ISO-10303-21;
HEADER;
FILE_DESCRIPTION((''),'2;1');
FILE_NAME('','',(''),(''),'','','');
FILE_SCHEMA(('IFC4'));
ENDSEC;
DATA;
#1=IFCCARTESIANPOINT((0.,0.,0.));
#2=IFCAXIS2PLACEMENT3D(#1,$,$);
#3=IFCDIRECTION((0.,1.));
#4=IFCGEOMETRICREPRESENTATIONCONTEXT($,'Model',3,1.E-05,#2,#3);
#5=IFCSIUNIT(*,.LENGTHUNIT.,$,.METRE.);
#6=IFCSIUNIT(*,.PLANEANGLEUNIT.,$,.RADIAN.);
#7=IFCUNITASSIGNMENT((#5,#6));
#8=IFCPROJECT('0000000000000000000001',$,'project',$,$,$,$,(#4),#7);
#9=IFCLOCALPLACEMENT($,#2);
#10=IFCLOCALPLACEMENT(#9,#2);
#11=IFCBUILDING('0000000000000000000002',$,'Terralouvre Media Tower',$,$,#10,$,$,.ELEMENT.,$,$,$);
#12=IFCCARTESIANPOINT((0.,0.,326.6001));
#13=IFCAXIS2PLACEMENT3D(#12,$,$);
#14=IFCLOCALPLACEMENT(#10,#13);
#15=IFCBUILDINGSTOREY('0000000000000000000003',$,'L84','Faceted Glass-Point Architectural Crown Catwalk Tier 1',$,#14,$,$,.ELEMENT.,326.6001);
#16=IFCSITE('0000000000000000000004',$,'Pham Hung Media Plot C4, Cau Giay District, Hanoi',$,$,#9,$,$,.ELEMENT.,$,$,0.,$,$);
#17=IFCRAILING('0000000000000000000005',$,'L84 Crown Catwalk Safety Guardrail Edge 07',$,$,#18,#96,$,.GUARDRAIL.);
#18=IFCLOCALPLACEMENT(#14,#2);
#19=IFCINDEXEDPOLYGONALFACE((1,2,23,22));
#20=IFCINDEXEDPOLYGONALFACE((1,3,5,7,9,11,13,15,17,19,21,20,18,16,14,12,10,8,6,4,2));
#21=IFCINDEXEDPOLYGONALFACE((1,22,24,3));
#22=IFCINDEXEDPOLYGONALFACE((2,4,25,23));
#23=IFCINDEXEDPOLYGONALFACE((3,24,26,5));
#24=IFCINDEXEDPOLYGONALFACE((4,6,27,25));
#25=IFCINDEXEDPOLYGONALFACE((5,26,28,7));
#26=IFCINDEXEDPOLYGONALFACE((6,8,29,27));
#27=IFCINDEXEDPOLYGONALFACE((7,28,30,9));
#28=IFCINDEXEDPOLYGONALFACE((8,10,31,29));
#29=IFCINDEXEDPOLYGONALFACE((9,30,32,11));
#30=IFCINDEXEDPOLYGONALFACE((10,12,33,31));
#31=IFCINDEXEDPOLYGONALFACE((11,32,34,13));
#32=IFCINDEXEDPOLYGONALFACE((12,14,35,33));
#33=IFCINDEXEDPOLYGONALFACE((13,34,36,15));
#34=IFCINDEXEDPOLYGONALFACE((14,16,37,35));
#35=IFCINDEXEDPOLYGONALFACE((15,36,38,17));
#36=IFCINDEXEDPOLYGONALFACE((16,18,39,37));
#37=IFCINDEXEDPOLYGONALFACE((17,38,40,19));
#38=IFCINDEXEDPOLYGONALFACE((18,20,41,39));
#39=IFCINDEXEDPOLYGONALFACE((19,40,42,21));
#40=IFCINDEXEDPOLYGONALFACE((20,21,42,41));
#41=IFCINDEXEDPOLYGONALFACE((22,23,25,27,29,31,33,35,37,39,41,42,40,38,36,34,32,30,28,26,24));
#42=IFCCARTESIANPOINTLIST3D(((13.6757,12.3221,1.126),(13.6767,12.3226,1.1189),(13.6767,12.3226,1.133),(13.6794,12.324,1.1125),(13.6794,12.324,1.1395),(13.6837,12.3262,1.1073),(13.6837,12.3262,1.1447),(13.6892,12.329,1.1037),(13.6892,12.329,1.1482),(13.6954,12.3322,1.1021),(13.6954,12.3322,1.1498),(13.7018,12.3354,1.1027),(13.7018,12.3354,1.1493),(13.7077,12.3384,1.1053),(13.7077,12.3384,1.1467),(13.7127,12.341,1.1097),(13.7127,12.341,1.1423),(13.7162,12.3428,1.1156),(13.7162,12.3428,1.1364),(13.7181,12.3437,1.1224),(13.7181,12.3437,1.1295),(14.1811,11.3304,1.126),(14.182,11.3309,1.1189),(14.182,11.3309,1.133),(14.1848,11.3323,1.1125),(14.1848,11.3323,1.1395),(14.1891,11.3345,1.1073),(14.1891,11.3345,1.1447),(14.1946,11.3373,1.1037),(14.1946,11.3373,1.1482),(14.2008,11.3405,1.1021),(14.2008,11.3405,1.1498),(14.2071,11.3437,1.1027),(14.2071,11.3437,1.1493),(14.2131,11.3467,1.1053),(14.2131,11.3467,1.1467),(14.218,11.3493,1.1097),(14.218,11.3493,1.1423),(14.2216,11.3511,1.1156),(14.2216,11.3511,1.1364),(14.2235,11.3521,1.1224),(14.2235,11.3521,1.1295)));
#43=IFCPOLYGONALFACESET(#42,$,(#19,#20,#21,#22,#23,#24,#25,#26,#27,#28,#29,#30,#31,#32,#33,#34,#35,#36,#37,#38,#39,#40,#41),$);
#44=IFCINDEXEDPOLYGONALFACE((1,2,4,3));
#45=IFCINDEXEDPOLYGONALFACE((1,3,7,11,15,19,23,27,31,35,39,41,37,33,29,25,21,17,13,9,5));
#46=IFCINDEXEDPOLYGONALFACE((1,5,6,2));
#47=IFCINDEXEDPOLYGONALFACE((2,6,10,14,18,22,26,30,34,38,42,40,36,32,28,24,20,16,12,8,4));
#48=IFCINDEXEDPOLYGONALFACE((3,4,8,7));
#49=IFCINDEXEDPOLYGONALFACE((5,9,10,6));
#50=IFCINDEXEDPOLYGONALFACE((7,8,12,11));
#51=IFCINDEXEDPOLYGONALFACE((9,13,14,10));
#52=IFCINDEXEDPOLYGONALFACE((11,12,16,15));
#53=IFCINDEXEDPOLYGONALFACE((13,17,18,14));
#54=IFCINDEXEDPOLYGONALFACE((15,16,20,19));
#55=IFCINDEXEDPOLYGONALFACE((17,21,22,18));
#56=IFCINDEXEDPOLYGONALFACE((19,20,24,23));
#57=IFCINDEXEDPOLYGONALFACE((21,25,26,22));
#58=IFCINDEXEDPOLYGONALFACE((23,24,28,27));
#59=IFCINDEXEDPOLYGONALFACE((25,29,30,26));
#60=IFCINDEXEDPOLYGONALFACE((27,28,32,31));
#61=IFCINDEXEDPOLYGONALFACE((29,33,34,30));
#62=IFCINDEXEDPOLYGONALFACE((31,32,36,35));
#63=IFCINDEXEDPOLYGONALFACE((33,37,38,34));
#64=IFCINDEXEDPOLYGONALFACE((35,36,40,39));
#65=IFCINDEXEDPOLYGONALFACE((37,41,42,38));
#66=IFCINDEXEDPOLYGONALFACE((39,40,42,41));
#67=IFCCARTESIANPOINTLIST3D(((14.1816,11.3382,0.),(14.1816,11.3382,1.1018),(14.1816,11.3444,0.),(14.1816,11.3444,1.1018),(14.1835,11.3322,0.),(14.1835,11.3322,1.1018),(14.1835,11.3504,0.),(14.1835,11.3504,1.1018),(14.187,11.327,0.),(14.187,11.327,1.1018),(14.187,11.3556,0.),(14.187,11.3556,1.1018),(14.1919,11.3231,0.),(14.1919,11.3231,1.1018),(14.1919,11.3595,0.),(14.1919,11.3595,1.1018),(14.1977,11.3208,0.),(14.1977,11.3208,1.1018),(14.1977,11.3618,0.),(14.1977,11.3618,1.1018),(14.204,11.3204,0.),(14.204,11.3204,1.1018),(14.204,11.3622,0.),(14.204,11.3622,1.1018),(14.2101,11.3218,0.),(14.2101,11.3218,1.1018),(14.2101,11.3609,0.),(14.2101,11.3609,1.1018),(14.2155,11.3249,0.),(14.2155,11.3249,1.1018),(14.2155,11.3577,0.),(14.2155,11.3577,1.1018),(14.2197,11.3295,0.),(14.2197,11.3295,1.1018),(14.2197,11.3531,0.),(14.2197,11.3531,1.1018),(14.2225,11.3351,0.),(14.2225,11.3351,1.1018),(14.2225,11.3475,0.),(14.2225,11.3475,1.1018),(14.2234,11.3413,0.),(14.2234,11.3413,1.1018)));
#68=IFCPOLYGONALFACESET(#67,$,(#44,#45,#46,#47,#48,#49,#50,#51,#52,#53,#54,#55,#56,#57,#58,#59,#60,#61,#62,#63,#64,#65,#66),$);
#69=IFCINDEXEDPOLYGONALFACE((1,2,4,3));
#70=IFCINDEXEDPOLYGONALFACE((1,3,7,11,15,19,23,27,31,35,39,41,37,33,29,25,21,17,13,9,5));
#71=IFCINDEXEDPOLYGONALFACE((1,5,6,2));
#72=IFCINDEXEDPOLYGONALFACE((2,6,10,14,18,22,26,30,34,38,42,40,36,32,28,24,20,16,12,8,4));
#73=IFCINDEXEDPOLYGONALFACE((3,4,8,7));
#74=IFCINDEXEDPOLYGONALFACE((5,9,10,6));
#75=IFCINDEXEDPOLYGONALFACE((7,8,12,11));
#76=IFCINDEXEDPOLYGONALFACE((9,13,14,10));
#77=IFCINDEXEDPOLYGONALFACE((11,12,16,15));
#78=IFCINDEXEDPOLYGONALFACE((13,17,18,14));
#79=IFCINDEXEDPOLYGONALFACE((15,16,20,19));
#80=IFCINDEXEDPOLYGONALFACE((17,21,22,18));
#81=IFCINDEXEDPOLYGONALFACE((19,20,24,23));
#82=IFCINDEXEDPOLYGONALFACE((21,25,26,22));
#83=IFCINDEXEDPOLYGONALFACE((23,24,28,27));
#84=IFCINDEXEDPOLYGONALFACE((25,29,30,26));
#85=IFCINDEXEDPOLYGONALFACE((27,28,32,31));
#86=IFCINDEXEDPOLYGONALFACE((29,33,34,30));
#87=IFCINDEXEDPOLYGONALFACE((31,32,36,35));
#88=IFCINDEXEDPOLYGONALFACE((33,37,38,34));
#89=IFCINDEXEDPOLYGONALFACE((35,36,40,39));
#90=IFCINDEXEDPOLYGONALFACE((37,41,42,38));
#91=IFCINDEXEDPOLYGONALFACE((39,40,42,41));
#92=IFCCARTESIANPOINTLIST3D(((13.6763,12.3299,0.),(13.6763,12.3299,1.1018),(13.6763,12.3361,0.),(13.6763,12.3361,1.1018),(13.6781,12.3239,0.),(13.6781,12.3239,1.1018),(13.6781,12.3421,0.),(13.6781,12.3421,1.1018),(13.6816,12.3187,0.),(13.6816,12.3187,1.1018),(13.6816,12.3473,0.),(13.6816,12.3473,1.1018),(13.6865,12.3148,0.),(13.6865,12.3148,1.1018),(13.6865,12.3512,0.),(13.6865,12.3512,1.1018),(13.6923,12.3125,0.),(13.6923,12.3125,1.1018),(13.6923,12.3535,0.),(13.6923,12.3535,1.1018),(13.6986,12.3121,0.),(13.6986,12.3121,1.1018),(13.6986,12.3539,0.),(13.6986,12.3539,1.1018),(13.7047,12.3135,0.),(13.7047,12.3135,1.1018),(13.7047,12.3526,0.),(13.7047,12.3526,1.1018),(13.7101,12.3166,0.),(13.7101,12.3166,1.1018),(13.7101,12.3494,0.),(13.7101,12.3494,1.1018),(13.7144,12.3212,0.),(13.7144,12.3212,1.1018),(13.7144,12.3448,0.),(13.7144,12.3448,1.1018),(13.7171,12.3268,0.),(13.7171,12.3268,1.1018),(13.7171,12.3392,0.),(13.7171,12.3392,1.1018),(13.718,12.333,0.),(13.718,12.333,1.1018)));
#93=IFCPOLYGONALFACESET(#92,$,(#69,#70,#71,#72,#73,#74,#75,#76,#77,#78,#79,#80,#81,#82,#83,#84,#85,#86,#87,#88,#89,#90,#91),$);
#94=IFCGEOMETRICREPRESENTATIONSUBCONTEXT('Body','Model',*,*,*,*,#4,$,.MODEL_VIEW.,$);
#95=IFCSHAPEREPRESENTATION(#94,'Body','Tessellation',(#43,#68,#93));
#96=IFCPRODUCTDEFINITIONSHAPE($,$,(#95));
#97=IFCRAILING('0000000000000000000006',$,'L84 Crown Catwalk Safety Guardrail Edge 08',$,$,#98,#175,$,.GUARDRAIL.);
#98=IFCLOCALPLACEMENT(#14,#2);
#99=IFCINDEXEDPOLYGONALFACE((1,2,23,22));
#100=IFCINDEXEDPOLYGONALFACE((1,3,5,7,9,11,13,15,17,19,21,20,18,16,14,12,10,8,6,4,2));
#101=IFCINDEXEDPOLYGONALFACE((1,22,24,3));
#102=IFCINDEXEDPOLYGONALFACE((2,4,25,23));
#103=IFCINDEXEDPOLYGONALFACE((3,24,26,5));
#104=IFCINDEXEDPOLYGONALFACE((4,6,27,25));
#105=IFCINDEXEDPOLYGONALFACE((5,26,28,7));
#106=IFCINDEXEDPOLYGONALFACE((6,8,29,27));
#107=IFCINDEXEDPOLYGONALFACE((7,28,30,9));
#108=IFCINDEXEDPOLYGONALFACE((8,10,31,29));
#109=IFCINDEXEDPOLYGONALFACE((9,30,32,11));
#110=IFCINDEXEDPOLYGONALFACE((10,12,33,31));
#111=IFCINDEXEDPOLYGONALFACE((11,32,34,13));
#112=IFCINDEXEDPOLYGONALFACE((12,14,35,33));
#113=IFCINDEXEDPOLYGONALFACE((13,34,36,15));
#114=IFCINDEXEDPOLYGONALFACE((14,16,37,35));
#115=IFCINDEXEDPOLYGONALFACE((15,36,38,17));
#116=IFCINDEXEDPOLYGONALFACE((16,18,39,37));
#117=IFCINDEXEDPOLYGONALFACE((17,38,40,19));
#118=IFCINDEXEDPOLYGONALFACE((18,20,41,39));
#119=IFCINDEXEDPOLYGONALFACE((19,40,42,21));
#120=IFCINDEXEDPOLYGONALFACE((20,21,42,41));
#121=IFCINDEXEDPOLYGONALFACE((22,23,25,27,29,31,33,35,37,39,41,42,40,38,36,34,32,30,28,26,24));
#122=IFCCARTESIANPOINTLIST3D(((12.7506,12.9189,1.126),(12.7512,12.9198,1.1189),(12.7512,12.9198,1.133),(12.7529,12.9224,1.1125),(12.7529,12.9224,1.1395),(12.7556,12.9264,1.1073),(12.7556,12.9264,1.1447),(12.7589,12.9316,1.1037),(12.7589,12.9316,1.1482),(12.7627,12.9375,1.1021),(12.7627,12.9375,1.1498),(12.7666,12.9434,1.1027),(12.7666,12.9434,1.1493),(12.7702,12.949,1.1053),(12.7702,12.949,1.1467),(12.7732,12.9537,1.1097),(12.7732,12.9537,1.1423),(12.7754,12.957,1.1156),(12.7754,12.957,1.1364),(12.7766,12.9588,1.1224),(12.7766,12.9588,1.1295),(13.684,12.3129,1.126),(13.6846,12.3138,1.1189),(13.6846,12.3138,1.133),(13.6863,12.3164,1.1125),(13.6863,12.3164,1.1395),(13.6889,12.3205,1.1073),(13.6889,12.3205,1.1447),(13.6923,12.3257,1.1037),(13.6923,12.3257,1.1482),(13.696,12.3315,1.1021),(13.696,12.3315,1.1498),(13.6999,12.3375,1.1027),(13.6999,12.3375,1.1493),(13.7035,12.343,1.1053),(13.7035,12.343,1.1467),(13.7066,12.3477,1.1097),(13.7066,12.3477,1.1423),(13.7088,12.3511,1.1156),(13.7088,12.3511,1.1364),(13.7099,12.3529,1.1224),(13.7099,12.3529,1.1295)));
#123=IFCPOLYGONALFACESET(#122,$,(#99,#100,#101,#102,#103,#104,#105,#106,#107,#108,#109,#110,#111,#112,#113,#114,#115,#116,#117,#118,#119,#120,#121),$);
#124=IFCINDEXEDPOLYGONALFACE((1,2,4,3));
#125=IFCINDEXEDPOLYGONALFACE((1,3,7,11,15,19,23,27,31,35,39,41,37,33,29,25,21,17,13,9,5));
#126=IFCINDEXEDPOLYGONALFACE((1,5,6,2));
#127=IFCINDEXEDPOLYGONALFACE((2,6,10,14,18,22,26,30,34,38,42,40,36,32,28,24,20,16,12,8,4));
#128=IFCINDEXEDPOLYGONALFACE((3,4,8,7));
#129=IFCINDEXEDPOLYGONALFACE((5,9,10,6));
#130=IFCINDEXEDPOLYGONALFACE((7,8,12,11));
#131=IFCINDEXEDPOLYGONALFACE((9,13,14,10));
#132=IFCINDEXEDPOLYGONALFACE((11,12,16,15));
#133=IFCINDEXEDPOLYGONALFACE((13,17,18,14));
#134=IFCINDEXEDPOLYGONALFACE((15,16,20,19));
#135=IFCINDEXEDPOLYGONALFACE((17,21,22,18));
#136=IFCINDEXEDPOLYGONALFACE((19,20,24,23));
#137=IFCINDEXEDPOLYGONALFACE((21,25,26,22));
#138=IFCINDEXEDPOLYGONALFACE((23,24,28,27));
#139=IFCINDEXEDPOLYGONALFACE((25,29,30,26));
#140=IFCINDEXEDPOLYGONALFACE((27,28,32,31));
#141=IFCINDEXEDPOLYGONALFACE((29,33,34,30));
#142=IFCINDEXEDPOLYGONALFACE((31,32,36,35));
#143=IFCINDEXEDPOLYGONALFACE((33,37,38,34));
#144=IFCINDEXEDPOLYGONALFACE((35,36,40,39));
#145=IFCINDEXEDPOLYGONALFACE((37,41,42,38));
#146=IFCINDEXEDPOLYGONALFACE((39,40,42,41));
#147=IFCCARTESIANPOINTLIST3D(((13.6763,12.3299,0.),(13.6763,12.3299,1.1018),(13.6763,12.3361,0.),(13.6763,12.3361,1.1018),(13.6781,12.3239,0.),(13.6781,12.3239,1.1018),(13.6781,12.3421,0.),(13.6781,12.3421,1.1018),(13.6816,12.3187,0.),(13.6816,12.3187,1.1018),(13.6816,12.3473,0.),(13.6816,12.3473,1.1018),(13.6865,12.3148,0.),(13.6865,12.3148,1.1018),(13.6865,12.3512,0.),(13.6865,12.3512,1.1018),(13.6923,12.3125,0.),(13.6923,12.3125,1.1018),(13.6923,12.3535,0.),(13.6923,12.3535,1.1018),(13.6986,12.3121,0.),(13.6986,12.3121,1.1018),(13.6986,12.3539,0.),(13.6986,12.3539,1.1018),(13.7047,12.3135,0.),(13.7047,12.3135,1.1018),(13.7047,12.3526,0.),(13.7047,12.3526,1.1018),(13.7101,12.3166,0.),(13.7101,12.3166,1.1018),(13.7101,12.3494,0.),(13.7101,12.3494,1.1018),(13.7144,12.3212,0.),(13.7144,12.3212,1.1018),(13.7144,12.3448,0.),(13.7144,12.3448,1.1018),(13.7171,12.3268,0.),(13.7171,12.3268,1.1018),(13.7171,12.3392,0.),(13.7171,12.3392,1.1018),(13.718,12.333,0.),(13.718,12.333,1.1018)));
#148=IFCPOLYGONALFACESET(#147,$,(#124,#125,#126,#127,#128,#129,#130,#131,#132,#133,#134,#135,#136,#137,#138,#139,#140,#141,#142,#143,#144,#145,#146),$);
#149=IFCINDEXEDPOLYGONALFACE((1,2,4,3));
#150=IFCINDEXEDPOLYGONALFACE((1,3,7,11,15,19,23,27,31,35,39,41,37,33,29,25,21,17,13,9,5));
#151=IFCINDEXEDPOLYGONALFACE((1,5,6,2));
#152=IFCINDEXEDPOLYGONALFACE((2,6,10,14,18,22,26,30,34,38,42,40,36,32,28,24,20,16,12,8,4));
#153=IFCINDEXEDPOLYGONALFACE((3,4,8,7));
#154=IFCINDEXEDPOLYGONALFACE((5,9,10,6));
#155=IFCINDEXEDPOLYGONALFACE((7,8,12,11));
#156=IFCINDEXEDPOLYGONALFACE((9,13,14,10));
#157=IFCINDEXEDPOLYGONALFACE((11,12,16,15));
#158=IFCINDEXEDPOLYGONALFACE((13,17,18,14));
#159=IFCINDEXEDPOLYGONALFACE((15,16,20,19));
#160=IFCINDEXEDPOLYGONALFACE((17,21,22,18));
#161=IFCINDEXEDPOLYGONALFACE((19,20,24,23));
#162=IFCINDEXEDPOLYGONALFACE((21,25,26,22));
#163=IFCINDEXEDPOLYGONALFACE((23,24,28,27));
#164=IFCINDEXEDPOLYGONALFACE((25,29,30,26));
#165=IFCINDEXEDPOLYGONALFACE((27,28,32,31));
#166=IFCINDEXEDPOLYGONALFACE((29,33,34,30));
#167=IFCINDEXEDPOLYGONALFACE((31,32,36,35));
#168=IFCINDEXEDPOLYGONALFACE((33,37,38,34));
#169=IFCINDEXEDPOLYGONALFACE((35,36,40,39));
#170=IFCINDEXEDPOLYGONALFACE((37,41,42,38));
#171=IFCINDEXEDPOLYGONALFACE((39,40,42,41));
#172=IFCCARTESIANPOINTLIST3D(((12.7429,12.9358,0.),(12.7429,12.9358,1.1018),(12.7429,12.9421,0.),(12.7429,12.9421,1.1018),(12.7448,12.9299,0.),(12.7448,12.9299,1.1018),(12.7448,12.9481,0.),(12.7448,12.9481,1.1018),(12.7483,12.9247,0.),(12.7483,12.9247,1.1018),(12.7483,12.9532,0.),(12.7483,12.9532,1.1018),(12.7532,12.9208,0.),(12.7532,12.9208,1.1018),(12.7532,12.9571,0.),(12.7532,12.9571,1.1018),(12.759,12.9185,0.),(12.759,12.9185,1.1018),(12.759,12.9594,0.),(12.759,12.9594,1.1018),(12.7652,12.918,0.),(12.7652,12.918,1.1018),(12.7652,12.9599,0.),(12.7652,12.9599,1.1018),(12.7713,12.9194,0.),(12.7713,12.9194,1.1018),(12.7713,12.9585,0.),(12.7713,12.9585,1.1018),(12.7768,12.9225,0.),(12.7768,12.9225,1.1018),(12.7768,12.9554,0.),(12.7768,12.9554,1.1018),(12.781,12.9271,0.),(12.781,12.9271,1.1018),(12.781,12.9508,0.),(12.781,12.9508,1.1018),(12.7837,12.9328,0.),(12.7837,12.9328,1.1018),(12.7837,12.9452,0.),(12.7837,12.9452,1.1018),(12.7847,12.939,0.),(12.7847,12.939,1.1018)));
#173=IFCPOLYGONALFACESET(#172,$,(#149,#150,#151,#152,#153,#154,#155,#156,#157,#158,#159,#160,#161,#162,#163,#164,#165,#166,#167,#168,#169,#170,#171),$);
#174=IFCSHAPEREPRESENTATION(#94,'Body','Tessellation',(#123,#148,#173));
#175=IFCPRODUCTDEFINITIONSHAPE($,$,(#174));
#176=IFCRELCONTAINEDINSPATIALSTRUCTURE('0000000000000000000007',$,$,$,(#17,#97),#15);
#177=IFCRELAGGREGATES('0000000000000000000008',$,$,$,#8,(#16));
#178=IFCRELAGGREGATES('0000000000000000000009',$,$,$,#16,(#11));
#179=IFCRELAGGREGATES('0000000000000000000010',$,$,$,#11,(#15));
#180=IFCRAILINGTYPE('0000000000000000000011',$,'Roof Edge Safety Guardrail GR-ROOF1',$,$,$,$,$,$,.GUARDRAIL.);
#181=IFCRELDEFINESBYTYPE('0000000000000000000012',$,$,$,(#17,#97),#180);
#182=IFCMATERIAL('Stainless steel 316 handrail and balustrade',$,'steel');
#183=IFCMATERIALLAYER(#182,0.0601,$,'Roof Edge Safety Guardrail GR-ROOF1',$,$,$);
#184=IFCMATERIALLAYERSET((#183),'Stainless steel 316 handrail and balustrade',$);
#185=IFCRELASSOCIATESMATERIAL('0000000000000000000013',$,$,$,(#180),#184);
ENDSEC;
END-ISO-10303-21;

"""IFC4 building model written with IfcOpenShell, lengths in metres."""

from ifc_helpers import new_model, si_unit, direction, frame, origin, origin_2d, place, context, subcontext, project, spatial, circle, extrude, material, layer, layer_set, type_object, element, save


model = new_model("IFC4")

# Units and contexts
model_context = context("Model", 3, precision=1e-05, world=origin(), true_north=direction((0.0, 1.0)))
body_context = subcontext(model_context, "Body", "Model", "MODEL_VIEW")
ifc_project = project(units=[si_unit("LENGTHUNIT", "METRE"), si_unit("PLANEANGLEUNIT", "RADIAN")], contexts=[model_context])

# Site, building, storey
site_placement = place(None, origin())
site = spatial("IfcSite", under=ifc_project, at=site_placement, Name="Pham Hung Media Plot C4, Cau Giay District, Hanoi", CompositionType="ELEMENT", RefElevation=0.0)
building_placement = place(site_placement, origin())
building = spatial("IfcBuilding", under=site, at=building_placement, Name="Terralouvre Media Tower", CompositionType="ELEMENT")
storey_placement = place(building_placement, frame((0.0, 0.0, 326.6001)))
storey = spatial("IfcBuildingStorey", under=building, at=storey_placement, Name="L84", Description="Faceted Glass-Point Architectural Crown Catwalk Tier 1", CompositionType="ELEMENT", Elevation=326.6001)

# Railings
ifc_material_1 = material(Name="Stainless steel 316 handrail and balustrade", Category="steel")
ifc_layer_1 = layer(ifc_material_1, 0.0601, Name="Roof Edge Safety Guardrail GR-ROOF1")
ifc_layer_set_1 = layer_set([ifc_layer_1], Name="Stainless steel 316 handrail and balustrade")
railing_type = type_object("IfcRailingType", Name="Roof Edge Safety Guardrail GR-ROOF1", PredefinedType="GUARDRAIL", material=ifc_layer_set_1)
railing_1_placement = place(storey_placement, frame((14.2024, 11.3413, 0.0)))
element("IfcRailing", 1, at=railing_1_placement, inside=storey, type_object=railing_type, Name="L84 Crown Catwalk Safety Guardrail Edge 07", PredefinedType="GUARDRAIL", context=body_context, shape_type="SweptSolid", body=[
    extrude(circle(Radius=0.0239, at=origin_2d()), frame((0.0, 0.0, 1.126), z_axis=(-0.454044, 0.890979, 0.0), x_axis=(-0.890979, -0.454044, 0.0)), (0.0, 0.0, 1.0), 1.113),
    extrude(circle(Radius=0.021, at=origin_2d()), origin(), (0.0, 0.0, 1.0), 1.1018),
    extrude(circle(Radius=0.021, at=origin_2d()), frame((-0.5054, 0.9917, 0.0)), (0.0, 0.0, 1.0), 1.1018),
])
railing_2_placement = place(storey_placement, frame((13.697, 12.333, 0.0)))
element("IfcRailing", 2, at=railing_2_placement, inside=storey, type_object=railing_type, Name="L84 Crown Catwalk Safety Guardrail Edge 08", PredefinedType="GUARDRAIL", context=body_context, shape_type="SweptSolid", body=[
    extrude(circle(Radius=0.0239, at=origin_2d()), frame((0.0, 0.0, 1.126), z_axis=(-0.838739, 0.544533, 0.0), x_axis=(-0.544533, -0.838739, 0.0)), (0.0, 0.0, 1.0), 1.1128),
    extrude(circle(Radius=0.021, at=origin_2d()), origin(), (0.0, 0.0, 1.0), 1.1018),
    extrude(circle(Radius=0.021, at=origin_2d()), frame((-0.9333, 0.606, 0.0)), (0.0, 0.0, 1.0), 1.1018),
])

save(model, "model.ifc")
